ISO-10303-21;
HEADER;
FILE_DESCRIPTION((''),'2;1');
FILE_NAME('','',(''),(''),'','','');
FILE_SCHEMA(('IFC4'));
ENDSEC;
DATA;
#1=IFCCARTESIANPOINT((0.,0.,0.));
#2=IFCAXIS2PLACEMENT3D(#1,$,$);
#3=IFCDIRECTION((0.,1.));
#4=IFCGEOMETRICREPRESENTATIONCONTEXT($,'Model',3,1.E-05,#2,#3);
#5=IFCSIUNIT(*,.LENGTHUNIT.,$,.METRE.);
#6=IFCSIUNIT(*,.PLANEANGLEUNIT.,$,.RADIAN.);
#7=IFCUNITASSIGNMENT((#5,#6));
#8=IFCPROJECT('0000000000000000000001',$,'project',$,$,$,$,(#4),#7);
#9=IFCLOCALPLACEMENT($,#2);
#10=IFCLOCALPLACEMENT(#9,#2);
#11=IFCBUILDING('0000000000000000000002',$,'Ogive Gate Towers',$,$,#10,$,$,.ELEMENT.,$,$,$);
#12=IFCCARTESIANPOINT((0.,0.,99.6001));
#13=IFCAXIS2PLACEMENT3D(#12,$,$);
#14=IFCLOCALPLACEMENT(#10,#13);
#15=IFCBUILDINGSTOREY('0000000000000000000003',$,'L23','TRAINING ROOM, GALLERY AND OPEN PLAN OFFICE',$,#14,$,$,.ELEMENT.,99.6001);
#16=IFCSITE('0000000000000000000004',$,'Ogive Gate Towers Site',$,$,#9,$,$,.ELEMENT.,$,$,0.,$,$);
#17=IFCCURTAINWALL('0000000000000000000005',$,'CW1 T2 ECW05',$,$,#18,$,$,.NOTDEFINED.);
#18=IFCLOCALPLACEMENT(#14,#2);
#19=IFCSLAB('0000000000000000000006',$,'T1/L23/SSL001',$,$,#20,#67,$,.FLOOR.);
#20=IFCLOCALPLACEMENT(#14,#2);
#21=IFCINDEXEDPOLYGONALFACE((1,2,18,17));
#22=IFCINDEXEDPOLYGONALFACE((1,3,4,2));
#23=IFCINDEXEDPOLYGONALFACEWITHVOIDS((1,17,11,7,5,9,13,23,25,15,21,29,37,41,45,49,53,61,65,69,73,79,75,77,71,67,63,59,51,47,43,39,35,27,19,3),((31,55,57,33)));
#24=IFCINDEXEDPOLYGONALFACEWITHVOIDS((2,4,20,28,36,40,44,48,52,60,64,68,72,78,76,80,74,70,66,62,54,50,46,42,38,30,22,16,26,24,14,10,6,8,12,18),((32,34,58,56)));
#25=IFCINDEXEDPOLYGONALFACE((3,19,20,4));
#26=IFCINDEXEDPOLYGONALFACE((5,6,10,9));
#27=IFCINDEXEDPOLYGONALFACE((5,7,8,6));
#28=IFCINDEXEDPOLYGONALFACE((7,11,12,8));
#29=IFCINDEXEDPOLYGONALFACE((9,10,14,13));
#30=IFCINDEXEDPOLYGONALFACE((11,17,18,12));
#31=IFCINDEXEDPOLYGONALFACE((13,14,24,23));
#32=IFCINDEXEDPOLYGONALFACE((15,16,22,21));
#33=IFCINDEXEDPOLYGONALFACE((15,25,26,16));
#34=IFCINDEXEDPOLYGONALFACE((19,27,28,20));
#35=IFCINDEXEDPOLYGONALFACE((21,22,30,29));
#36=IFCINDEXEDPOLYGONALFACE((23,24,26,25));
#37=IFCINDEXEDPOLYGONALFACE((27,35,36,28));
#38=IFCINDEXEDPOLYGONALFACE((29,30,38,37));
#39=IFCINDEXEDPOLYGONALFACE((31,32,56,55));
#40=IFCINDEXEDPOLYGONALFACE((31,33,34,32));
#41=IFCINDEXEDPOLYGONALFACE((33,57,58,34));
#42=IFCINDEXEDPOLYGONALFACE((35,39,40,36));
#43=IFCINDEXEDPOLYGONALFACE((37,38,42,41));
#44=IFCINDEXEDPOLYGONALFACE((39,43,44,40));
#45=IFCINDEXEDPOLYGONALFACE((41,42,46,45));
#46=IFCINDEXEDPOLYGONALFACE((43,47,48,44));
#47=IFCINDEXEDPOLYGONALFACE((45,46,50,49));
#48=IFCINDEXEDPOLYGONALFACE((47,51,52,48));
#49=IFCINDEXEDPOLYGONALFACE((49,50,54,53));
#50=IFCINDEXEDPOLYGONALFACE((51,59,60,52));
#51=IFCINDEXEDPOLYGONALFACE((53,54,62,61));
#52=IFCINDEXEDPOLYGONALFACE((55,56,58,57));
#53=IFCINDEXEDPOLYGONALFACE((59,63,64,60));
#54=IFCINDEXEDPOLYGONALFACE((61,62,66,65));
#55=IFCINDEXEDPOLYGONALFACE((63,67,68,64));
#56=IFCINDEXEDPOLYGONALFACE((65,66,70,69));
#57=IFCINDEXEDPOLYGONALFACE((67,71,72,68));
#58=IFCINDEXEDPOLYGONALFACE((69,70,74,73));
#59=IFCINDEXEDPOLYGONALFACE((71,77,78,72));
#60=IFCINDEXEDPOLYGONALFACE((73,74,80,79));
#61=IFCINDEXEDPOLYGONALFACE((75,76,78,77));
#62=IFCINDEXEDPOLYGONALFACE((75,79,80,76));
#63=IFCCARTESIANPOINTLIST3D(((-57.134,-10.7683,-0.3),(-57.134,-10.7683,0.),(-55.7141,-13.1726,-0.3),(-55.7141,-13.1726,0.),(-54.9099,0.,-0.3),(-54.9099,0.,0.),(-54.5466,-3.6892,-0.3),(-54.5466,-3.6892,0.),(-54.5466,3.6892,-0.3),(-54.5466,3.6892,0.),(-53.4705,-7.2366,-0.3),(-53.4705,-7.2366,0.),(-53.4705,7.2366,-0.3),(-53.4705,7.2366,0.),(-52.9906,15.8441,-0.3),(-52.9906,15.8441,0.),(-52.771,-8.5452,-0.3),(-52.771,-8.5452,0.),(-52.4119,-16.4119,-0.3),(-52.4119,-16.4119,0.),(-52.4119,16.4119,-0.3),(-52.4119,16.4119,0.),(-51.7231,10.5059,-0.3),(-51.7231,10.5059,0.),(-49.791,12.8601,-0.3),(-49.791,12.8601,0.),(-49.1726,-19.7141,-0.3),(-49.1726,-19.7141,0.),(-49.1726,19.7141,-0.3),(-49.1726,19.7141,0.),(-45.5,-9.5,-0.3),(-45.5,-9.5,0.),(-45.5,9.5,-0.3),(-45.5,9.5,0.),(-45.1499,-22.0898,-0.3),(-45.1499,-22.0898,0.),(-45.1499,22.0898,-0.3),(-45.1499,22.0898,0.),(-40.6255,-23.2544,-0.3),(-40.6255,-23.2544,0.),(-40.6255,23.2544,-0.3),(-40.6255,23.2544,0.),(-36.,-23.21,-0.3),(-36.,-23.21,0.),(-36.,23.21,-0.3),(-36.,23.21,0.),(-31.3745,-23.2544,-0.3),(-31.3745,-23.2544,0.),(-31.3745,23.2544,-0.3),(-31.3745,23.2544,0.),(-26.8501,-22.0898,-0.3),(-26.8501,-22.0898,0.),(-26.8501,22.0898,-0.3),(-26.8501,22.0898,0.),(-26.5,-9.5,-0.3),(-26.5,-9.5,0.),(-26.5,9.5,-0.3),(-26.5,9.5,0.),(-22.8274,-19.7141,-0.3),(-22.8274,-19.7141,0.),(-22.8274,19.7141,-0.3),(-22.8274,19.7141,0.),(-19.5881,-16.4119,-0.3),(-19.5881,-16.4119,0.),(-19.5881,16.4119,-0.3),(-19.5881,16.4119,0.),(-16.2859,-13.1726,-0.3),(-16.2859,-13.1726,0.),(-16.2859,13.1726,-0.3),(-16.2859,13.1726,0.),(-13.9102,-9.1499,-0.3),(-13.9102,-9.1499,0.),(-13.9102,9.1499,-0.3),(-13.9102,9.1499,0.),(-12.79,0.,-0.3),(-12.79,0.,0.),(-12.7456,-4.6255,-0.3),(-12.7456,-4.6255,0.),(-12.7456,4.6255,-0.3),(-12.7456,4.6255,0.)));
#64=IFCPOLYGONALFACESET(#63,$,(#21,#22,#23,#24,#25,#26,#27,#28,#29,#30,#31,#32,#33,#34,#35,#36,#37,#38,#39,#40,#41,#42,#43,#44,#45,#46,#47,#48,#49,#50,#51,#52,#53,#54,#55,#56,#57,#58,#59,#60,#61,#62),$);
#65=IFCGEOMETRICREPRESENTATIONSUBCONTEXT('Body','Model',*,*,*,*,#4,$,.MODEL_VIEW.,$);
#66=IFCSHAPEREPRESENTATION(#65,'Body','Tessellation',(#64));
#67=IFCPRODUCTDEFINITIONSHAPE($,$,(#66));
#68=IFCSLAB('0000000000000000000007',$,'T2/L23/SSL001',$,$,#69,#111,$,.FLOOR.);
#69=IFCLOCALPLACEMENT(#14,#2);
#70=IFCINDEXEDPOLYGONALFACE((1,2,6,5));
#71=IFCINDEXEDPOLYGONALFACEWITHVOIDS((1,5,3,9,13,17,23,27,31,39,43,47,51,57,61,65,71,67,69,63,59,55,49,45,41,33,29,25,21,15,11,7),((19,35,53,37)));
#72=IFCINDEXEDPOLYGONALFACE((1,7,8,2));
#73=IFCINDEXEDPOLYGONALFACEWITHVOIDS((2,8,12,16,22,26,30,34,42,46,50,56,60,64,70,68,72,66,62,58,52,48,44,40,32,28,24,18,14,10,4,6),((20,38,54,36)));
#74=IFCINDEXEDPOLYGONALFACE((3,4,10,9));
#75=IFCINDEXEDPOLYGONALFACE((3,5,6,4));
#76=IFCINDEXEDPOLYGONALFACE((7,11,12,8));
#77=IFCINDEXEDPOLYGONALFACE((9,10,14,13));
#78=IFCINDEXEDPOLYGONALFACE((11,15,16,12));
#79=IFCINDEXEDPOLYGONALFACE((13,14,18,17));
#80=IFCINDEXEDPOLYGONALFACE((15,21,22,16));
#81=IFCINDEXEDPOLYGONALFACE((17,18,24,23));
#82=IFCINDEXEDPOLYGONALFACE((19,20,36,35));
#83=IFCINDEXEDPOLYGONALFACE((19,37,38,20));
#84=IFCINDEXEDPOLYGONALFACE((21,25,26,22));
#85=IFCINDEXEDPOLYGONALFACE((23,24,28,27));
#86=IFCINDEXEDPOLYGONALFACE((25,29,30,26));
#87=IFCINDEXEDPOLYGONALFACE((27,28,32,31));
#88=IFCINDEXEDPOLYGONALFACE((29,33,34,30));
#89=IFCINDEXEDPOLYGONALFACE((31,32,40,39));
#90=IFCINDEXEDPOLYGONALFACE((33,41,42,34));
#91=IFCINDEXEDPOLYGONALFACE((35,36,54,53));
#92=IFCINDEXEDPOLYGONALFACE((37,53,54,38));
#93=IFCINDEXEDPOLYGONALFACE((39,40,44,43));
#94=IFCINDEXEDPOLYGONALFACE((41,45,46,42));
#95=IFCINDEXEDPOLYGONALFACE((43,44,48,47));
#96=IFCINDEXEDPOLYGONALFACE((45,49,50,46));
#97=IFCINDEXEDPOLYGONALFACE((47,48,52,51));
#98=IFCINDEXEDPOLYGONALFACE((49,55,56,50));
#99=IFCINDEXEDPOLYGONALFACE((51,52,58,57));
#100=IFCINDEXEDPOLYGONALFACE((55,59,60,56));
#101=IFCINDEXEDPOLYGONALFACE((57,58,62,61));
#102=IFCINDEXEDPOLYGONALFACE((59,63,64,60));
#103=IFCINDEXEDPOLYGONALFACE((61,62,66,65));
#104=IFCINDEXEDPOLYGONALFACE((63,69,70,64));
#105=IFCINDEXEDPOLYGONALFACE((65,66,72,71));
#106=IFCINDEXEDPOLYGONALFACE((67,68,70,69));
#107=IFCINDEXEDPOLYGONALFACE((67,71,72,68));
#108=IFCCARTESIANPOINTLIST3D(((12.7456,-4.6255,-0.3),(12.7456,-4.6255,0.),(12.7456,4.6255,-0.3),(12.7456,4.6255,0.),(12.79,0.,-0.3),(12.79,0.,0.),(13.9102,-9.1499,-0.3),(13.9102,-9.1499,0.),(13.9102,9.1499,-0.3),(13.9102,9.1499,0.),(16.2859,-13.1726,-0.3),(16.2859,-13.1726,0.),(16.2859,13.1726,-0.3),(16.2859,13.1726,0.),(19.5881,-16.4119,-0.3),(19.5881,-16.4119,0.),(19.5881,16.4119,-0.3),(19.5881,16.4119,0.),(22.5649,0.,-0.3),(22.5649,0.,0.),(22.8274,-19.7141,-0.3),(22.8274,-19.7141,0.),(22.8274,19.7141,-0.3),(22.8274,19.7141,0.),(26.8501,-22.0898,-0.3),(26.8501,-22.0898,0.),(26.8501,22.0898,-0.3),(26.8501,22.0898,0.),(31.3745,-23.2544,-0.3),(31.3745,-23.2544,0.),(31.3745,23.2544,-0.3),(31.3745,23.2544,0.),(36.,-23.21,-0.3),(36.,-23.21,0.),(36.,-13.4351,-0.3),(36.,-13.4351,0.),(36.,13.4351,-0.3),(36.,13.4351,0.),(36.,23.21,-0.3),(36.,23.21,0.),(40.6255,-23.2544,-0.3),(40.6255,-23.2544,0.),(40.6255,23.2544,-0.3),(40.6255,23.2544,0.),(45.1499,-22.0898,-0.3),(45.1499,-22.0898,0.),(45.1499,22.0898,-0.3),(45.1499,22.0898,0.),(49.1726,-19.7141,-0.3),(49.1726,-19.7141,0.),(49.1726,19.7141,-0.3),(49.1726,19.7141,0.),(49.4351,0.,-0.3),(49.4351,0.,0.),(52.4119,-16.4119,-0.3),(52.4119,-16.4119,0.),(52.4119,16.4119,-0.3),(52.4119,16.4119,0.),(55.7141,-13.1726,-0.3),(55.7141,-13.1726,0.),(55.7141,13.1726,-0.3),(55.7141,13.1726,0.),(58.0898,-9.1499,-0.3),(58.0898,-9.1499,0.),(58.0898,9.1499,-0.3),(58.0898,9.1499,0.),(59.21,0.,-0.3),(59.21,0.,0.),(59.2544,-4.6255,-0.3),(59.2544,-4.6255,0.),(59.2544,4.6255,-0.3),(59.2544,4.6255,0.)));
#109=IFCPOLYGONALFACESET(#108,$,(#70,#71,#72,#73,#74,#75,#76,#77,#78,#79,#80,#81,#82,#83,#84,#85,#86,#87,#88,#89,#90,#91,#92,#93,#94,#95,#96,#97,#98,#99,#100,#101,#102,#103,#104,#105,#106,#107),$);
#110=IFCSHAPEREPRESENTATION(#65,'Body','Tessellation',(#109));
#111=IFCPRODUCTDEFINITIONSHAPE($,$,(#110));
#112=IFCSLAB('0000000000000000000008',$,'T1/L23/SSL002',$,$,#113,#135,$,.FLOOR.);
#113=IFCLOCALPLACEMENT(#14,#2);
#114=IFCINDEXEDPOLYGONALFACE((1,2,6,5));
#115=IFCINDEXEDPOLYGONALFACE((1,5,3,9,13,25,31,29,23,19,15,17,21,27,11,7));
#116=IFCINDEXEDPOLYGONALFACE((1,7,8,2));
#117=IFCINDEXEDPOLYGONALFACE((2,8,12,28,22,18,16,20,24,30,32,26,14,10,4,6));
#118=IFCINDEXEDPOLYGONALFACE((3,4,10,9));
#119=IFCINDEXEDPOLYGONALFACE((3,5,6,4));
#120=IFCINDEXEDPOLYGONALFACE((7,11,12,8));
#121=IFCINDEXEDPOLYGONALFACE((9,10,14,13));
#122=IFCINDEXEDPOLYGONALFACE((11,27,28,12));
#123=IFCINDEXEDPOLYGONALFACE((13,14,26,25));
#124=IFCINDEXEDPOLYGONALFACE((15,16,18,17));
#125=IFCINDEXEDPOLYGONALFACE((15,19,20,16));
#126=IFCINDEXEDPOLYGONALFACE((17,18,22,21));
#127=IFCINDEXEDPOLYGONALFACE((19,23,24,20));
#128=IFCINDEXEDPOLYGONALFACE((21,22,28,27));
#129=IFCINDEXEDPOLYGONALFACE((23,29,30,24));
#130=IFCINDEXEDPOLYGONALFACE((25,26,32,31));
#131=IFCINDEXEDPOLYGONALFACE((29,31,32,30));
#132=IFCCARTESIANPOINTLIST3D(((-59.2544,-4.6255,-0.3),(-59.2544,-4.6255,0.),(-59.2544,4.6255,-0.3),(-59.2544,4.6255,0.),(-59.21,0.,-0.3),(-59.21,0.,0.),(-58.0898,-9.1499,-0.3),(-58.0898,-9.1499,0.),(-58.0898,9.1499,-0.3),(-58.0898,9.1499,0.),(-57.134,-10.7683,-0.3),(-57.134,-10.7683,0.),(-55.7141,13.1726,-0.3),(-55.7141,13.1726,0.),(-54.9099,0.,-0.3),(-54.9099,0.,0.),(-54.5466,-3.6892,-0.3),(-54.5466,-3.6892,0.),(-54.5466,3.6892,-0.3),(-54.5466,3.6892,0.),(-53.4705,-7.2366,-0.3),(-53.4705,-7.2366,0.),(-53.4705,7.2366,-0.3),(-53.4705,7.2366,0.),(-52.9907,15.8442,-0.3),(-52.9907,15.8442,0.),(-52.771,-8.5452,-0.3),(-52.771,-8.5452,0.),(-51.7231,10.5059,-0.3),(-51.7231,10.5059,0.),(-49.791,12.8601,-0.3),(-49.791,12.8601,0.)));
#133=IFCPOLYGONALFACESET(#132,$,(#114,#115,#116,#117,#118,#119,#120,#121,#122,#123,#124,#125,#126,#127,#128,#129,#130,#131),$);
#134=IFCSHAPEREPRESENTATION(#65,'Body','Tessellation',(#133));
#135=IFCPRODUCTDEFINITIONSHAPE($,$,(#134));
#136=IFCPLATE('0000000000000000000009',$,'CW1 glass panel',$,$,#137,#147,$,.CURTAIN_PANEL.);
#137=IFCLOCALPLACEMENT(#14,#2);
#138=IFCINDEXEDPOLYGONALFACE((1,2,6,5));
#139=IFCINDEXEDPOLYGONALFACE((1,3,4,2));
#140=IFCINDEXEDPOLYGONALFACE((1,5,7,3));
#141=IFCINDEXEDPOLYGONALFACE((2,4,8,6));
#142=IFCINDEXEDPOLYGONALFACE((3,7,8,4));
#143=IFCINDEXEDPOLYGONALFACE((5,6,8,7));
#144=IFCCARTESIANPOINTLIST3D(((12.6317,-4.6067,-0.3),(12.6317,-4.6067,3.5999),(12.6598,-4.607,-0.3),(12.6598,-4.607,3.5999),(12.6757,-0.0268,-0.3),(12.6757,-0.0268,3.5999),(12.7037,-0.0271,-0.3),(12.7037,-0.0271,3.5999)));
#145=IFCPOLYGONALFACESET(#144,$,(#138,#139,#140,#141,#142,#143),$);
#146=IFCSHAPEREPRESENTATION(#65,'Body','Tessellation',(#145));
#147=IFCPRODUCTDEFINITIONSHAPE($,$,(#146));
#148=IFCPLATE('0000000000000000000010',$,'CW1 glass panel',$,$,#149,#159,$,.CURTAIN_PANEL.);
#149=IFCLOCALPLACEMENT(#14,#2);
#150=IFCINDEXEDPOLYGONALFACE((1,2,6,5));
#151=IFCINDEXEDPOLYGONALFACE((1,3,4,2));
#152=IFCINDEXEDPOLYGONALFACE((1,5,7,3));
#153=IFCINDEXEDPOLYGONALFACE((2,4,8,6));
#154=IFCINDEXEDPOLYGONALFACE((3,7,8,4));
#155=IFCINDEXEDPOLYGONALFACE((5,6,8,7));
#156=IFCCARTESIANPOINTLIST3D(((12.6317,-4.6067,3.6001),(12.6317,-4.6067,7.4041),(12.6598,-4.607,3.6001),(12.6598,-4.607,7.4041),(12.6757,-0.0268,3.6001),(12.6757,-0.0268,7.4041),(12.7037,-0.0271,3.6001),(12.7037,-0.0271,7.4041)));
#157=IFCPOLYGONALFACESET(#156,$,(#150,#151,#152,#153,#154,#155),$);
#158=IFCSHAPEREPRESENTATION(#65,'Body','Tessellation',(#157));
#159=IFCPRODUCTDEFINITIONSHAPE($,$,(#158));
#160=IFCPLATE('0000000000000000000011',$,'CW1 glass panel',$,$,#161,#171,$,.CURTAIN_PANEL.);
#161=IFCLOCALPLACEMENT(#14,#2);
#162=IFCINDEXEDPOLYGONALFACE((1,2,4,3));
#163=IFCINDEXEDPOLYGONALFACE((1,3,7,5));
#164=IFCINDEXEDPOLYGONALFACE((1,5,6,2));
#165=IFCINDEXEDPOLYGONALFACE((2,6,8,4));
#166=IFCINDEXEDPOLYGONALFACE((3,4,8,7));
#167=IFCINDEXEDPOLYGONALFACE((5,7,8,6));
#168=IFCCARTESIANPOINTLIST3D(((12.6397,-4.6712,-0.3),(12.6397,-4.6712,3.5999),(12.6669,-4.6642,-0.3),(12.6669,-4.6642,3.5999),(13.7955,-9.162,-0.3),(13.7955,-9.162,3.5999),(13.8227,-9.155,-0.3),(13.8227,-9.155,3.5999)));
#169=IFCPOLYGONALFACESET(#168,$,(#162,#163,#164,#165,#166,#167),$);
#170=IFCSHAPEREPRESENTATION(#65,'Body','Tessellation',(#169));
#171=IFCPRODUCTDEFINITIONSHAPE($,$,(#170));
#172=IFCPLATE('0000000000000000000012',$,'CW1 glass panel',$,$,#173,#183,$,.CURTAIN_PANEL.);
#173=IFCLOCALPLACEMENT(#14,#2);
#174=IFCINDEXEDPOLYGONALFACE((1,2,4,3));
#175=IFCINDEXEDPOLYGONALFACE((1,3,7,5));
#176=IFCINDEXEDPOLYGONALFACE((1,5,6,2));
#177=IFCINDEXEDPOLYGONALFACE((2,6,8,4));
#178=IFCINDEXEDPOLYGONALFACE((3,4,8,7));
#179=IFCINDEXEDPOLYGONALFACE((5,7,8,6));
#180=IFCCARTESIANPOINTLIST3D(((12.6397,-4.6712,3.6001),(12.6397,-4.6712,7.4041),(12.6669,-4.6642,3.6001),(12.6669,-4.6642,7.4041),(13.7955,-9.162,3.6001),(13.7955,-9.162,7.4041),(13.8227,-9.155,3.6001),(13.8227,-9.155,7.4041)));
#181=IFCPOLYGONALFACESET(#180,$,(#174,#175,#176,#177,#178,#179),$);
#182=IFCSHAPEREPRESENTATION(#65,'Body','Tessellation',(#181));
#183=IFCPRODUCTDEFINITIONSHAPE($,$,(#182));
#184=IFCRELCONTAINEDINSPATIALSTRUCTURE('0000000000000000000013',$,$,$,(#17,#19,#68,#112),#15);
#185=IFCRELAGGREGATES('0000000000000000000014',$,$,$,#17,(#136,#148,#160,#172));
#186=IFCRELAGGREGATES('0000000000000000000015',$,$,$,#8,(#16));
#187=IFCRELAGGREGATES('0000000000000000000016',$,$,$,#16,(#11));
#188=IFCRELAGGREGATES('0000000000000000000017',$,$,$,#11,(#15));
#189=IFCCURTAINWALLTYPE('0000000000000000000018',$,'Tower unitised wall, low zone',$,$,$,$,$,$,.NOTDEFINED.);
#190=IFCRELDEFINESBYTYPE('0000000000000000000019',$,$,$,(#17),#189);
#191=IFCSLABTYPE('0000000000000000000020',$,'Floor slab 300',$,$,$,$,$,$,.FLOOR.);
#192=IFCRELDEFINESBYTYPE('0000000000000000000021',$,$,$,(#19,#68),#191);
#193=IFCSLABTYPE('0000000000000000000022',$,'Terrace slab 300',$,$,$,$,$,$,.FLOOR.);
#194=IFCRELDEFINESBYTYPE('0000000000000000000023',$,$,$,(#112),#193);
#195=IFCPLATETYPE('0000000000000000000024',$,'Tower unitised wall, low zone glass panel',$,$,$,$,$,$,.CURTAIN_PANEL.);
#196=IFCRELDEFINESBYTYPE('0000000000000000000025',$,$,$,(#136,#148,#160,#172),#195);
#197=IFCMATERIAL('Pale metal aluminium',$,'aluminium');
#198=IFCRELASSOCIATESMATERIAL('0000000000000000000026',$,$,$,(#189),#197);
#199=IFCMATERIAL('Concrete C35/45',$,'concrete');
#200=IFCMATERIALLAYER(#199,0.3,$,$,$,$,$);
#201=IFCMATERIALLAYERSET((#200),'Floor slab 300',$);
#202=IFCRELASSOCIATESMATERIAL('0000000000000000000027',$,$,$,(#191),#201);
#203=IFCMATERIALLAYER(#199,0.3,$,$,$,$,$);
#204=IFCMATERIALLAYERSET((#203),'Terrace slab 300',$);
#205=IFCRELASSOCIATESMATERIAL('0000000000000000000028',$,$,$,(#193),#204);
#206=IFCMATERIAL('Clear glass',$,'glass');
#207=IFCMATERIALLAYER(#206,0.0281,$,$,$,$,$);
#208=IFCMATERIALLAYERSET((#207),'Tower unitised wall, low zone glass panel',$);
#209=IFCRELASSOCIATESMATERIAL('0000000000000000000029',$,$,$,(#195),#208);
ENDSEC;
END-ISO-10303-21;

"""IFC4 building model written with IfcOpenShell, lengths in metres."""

from ifc_helpers import new_model, si_unit, direction, frame, origin, origin_2d, place, context, subcontext, project, spatial, polyline, rectangle, outline, extrude, material, layer, layer_set, type_object, element, aggregate, save


model = new_model("IFC4")

# Units and contexts
model_context = context("Model", 3, precision=1e-05, world=origin(), true_north=direction((0.0, 1.0)))
body_context = subcontext(model_context, "Body", "Model", "MODEL_VIEW")
ifc_project = project(units=[si_unit("LENGTHUNIT", "METRE"), si_unit("PLANEANGLEUNIT", "RADIAN")], contexts=[model_context])

# Site, building, storey
site_placement = place(None, origin())
site = spatial("IfcSite", under=ifc_project, at=site_placement, Name="Ogive Gate Towers Site", CompositionType="ELEMENT", RefElevation=0.0)
building_placement = place(site_placement, origin())
building = spatial("IfcBuilding", under=site, at=building_placement, Name="Ogive Gate Towers", CompositionType="ELEMENT")
storey_placement = place(building_placement, frame((0.0, 0.0, 99.6001)))
storey = spatial("IfcBuildingStorey", under=building, at=storey_placement, Name="L23", Description="TRAINING ROOM, GALLERY AND OPEN PLAN OFFICE", CompositionType="ELEMENT", Elevation=99.6001)

# Curtain wall
ifc_material_1 = material(Name="Pale metal aluminium", Category="aluminium")
curtain_wall_type = type_object("IfcCurtainWallType", Name="Tower unitised wall, low zone", PredefinedType="NOTDEFINED", material=ifc_material_1)
curtain_wall_placement = place(storey_placement, origin())
curtain_wall = element("IfcCurtainWall", 1, at=curtain_wall_placement, inside=storey, type_object=curtain_wall_type, Name="CW1 T2 ECW05", PredefinedType="NOTDEFINED")

# Slabs
ifc_material_2 = material(Name="Concrete C35/45", Category="concrete")
ifc_layer_1 = layer(ifc_material_2, 0.3)
ifc_layer_set_1 = layer_set([ifc_layer_1], Name="Floor slab 300")
slab_type_1 = type_object("IfcSlabType", Name="Floor slab 300", PredefinedType="FLOOR", material=ifc_layer_set_1)
slab_1_placement = place(storey_placement, frame((0.0, 0.0, -0.3)))
element("IfcSlab", 2, at=slab_1_placement, inside=storey, type_object=slab_type_1, Name="T1/L23/SSL001", PredefinedType="FLOOR", context=body_context, shape_type="SweptSolid", body=[
    extrude(outline(polyline([(-49.1726, 19.7141), (-52.4119, 16.4119), (-55.7141, 13.1726), (-52.9907, 15.8442), (-49.791, 12.8601), (-51.7231, 10.5059), (-53.4705, 7.2366), (-54.5466, 3.6892), (-54.9099, 0.0), (-54.5466, -3.6892), (-53.4705, -7.2366), (-52.771, -8.5452), (-57.134, -10.7683), (-58.0898, -9.1499), (-55.7141, -13.1726), (-52.4119, -16.4119), (-49.1726, -19.7141), (-45.1499, -22.0898), (-40.6255, -23.2544), (-36.0, -23.21), (-31.3745, -23.2544), (-26.8501, -22.0898), (-22.8274, -19.7141), (-19.5881, -16.4119), (-16.2859, -13.1726), (-13.9102, -9.1499), (-12.7456, -4.6255), (-12.79, 0.0), (-12.7456, 4.6255), (-13.9102, 9.1499), (-16.2859, 13.1726), (-19.5881, 16.4119), (-22.8274, 19.7141), (-26.8501, 22.0898), (-31.3745, 23.2544), (-36.0, 23.21), (-40.6255, 23.2544), (-45.1499, 22.0898), (-49.1726, 19.7141)]), holes=[polyline([(-26.5, -9.5), (-45.5, -9.5), (-45.5, 9.5), (-26.5, 9.5), (-26.5, -9.5)])]), origin(), (0.0, 0.0, 1.0), 0.3),
])
slab_2_placement = place(storey_placement, frame((0.0, 0.0, -0.3)))
element("IfcSlab", 3, at=slab_2_placement, inside=storey, type_object=slab_type_1, Name="T2/L23/SSL001", PredefinedType="FLOOR", context=body_context, shape_type="SweptSolid", body=[
    extrude(outline(polyline([(59.2544, -4.6255), (59.21, 0.0), (59.2544, 4.6255), (58.0898, 9.1499), (55.7141, 13.1726), (52.4119, 16.4119), (49.1726, 19.7141), (45.1499, 22.0898), (40.6255, 23.2544), (36.0, 23.21), (31.3745, 23.2544), (26.8501, 22.0898), (22.8274, 19.7141), (19.5881, 16.4119), (16.2859, 13.1726), (13.9102, 9.1499), (12.7456, 4.6255), (12.79, 0.0), (12.7456, -4.6255), (13.9102, -9.1499), (16.2859, -13.1726), (19.5881, -16.4119), (22.8274, -19.7141), (26.8501, -22.0898), (31.3745, -23.2544), (36.0, -23.21), (40.6255, -23.2544), (45.1499, -22.0898), (49.1726, -19.7141), (52.4119, -16.4119), (55.7141, -13.1726), (58.0898, -9.1499), (59.2544, -4.6255)]), holes=[polyline([(49.4351, 0.0), (36.0, -13.4351), (22.5649, 0.0), (36.0, 13.4351), (49.4351, 0.0)])]), origin(), (0.0, 0.0, 1.0), 0.3),
])
ifc_layer_2 = layer(ifc_material_2, 0.3)
ifc_layer_set_2 = layer_set([ifc_layer_2], Name="Terrace slab 300")
slab_type_2 = type_object("IfcSlabType", Name="Terrace slab 300", PredefinedType="FLOOR", material=ifc_layer_set_2)
slab_3_placement = place(storey_placement, frame((0.0, 0.0, -0.3)))
element("IfcSlab", 4, at=slab_3_placement, inside=storey, type_object=slab_type_2, Name="T1/L23/SSL002", PredefinedType="FLOOR", context=body_context, shape_type="SweptSolid", body=[
    extrude(outline(polyline([(-49.791, 12.8601), (-52.9907, 15.8442), (-55.7141, 13.1726), (-58.0898, 9.1499), (-59.2544, 4.6255), (-59.21, 0.0), (-59.2544, -4.6255), (-58.0898, -9.1499), (-57.134, -10.7683), (-52.771, -8.5452), (-53.4705, -7.2366), (-54.5466, -3.6892), (-54.9099, 0.0), (-54.5466, 3.6892), (-53.4705, 7.2366), (-51.7231, 10.5059), (-49.791, 12.8601)])), origin(), (0.0, 0.0, 1.0), 0.3),
])

# Plates
ifc_material_3 = material(Name="Clear glass", Category="glass")
ifc_layer_3 = layer(ifc_material_3, 0.0281)
ifc_layer_set_3 = layer_set([ifc_layer_3], Name="Tower unitised wall, low zone glass panel")
plate_type = type_object("IfcPlateType", Name="Tower unitised wall, low zone glass panel", PredefinedType="CURTAIN_PANEL", material=ifc_layer_set_3)
plate_1_placement = place(storey_placement, frame((12.6677, -2.3169, -0.3), z_axis=(0.0, 0.0, 1.0), x_axis=(-0.009599, -0.999954, 0.0)))
plate_1 = element("IfcPlate", 5, at=plate_1_placement, type_object=plate_type, Name="CW1 glass panel", PredefinedType="CURTAIN_PANEL", context=body_context, shape_type="SweptSolid", body=[
    extrude(rectangle(XDim=4.5801, YDim=0.0281, at=origin_2d()), origin(), (0.0, 0.0, 1.0), 3.8999),
])
plate_2_placement = place(storey_placement, frame((12.6677, -2.3169, 3.6001), z_axis=(0.0, 0.0, 1.0), x_axis=(-0.009599, -0.999954, 0.0)))
plate_2 = element("IfcPlate", 6, at=plate_2_placement, type_object=plate_type, Name="CW1 glass panel", PredefinedType="CURTAIN_PANEL", context=body_context, shape_type="SweptSolid", body=[
    extrude(rectangle(XDim=4.5801, YDim=0.0281, at=origin_2d()), origin(), (0.0, 0.0, 1.0), 3.804),
])
plate_3_placement = place(storey_placement, frame((13.2312, -6.9131, -0.3), z_axis=(0.0, 0.0, 1.0), x_axis=(0.249248, -0.96844, 0.0)))
plate_3 = element("IfcPlate", 7, at=plate_3_placement, type_object=plate_type, Name="CW1 glass panel", PredefinedType="CURTAIN_PANEL", context=body_context, shape_type="SweptSolid", body=[
    extrude(rectangle(XDim=4.6372, YDim=0.0281, at=origin_2d()), origin(), (0.0, 0.0, 1.0), 3.8999),
])
plate_4_placement = place(storey_placement, frame((13.2312, -6.9131, 3.6001), z_axis=(0.0, 0.0, 1.0), x_axis=(0.249248, -0.96844, 0.0)))
plate_4 = element("IfcPlate", 8, at=plate_4_placement, type_object=plate_type, Name="CW1 glass panel", PredefinedType="CURTAIN_PANEL", context=body_context, shape_type="SweptSolid", body=[
    extrude(rectangle(XDim=4.6372, YDim=0.0281, at=origin_2d()), origin(), (0.0, 0.0, 1.0), 3.804),
])
aggregate(curtain_wall, [plate_1, plate_2, plate_3, plate_4])

save(model, "model.ifc")
